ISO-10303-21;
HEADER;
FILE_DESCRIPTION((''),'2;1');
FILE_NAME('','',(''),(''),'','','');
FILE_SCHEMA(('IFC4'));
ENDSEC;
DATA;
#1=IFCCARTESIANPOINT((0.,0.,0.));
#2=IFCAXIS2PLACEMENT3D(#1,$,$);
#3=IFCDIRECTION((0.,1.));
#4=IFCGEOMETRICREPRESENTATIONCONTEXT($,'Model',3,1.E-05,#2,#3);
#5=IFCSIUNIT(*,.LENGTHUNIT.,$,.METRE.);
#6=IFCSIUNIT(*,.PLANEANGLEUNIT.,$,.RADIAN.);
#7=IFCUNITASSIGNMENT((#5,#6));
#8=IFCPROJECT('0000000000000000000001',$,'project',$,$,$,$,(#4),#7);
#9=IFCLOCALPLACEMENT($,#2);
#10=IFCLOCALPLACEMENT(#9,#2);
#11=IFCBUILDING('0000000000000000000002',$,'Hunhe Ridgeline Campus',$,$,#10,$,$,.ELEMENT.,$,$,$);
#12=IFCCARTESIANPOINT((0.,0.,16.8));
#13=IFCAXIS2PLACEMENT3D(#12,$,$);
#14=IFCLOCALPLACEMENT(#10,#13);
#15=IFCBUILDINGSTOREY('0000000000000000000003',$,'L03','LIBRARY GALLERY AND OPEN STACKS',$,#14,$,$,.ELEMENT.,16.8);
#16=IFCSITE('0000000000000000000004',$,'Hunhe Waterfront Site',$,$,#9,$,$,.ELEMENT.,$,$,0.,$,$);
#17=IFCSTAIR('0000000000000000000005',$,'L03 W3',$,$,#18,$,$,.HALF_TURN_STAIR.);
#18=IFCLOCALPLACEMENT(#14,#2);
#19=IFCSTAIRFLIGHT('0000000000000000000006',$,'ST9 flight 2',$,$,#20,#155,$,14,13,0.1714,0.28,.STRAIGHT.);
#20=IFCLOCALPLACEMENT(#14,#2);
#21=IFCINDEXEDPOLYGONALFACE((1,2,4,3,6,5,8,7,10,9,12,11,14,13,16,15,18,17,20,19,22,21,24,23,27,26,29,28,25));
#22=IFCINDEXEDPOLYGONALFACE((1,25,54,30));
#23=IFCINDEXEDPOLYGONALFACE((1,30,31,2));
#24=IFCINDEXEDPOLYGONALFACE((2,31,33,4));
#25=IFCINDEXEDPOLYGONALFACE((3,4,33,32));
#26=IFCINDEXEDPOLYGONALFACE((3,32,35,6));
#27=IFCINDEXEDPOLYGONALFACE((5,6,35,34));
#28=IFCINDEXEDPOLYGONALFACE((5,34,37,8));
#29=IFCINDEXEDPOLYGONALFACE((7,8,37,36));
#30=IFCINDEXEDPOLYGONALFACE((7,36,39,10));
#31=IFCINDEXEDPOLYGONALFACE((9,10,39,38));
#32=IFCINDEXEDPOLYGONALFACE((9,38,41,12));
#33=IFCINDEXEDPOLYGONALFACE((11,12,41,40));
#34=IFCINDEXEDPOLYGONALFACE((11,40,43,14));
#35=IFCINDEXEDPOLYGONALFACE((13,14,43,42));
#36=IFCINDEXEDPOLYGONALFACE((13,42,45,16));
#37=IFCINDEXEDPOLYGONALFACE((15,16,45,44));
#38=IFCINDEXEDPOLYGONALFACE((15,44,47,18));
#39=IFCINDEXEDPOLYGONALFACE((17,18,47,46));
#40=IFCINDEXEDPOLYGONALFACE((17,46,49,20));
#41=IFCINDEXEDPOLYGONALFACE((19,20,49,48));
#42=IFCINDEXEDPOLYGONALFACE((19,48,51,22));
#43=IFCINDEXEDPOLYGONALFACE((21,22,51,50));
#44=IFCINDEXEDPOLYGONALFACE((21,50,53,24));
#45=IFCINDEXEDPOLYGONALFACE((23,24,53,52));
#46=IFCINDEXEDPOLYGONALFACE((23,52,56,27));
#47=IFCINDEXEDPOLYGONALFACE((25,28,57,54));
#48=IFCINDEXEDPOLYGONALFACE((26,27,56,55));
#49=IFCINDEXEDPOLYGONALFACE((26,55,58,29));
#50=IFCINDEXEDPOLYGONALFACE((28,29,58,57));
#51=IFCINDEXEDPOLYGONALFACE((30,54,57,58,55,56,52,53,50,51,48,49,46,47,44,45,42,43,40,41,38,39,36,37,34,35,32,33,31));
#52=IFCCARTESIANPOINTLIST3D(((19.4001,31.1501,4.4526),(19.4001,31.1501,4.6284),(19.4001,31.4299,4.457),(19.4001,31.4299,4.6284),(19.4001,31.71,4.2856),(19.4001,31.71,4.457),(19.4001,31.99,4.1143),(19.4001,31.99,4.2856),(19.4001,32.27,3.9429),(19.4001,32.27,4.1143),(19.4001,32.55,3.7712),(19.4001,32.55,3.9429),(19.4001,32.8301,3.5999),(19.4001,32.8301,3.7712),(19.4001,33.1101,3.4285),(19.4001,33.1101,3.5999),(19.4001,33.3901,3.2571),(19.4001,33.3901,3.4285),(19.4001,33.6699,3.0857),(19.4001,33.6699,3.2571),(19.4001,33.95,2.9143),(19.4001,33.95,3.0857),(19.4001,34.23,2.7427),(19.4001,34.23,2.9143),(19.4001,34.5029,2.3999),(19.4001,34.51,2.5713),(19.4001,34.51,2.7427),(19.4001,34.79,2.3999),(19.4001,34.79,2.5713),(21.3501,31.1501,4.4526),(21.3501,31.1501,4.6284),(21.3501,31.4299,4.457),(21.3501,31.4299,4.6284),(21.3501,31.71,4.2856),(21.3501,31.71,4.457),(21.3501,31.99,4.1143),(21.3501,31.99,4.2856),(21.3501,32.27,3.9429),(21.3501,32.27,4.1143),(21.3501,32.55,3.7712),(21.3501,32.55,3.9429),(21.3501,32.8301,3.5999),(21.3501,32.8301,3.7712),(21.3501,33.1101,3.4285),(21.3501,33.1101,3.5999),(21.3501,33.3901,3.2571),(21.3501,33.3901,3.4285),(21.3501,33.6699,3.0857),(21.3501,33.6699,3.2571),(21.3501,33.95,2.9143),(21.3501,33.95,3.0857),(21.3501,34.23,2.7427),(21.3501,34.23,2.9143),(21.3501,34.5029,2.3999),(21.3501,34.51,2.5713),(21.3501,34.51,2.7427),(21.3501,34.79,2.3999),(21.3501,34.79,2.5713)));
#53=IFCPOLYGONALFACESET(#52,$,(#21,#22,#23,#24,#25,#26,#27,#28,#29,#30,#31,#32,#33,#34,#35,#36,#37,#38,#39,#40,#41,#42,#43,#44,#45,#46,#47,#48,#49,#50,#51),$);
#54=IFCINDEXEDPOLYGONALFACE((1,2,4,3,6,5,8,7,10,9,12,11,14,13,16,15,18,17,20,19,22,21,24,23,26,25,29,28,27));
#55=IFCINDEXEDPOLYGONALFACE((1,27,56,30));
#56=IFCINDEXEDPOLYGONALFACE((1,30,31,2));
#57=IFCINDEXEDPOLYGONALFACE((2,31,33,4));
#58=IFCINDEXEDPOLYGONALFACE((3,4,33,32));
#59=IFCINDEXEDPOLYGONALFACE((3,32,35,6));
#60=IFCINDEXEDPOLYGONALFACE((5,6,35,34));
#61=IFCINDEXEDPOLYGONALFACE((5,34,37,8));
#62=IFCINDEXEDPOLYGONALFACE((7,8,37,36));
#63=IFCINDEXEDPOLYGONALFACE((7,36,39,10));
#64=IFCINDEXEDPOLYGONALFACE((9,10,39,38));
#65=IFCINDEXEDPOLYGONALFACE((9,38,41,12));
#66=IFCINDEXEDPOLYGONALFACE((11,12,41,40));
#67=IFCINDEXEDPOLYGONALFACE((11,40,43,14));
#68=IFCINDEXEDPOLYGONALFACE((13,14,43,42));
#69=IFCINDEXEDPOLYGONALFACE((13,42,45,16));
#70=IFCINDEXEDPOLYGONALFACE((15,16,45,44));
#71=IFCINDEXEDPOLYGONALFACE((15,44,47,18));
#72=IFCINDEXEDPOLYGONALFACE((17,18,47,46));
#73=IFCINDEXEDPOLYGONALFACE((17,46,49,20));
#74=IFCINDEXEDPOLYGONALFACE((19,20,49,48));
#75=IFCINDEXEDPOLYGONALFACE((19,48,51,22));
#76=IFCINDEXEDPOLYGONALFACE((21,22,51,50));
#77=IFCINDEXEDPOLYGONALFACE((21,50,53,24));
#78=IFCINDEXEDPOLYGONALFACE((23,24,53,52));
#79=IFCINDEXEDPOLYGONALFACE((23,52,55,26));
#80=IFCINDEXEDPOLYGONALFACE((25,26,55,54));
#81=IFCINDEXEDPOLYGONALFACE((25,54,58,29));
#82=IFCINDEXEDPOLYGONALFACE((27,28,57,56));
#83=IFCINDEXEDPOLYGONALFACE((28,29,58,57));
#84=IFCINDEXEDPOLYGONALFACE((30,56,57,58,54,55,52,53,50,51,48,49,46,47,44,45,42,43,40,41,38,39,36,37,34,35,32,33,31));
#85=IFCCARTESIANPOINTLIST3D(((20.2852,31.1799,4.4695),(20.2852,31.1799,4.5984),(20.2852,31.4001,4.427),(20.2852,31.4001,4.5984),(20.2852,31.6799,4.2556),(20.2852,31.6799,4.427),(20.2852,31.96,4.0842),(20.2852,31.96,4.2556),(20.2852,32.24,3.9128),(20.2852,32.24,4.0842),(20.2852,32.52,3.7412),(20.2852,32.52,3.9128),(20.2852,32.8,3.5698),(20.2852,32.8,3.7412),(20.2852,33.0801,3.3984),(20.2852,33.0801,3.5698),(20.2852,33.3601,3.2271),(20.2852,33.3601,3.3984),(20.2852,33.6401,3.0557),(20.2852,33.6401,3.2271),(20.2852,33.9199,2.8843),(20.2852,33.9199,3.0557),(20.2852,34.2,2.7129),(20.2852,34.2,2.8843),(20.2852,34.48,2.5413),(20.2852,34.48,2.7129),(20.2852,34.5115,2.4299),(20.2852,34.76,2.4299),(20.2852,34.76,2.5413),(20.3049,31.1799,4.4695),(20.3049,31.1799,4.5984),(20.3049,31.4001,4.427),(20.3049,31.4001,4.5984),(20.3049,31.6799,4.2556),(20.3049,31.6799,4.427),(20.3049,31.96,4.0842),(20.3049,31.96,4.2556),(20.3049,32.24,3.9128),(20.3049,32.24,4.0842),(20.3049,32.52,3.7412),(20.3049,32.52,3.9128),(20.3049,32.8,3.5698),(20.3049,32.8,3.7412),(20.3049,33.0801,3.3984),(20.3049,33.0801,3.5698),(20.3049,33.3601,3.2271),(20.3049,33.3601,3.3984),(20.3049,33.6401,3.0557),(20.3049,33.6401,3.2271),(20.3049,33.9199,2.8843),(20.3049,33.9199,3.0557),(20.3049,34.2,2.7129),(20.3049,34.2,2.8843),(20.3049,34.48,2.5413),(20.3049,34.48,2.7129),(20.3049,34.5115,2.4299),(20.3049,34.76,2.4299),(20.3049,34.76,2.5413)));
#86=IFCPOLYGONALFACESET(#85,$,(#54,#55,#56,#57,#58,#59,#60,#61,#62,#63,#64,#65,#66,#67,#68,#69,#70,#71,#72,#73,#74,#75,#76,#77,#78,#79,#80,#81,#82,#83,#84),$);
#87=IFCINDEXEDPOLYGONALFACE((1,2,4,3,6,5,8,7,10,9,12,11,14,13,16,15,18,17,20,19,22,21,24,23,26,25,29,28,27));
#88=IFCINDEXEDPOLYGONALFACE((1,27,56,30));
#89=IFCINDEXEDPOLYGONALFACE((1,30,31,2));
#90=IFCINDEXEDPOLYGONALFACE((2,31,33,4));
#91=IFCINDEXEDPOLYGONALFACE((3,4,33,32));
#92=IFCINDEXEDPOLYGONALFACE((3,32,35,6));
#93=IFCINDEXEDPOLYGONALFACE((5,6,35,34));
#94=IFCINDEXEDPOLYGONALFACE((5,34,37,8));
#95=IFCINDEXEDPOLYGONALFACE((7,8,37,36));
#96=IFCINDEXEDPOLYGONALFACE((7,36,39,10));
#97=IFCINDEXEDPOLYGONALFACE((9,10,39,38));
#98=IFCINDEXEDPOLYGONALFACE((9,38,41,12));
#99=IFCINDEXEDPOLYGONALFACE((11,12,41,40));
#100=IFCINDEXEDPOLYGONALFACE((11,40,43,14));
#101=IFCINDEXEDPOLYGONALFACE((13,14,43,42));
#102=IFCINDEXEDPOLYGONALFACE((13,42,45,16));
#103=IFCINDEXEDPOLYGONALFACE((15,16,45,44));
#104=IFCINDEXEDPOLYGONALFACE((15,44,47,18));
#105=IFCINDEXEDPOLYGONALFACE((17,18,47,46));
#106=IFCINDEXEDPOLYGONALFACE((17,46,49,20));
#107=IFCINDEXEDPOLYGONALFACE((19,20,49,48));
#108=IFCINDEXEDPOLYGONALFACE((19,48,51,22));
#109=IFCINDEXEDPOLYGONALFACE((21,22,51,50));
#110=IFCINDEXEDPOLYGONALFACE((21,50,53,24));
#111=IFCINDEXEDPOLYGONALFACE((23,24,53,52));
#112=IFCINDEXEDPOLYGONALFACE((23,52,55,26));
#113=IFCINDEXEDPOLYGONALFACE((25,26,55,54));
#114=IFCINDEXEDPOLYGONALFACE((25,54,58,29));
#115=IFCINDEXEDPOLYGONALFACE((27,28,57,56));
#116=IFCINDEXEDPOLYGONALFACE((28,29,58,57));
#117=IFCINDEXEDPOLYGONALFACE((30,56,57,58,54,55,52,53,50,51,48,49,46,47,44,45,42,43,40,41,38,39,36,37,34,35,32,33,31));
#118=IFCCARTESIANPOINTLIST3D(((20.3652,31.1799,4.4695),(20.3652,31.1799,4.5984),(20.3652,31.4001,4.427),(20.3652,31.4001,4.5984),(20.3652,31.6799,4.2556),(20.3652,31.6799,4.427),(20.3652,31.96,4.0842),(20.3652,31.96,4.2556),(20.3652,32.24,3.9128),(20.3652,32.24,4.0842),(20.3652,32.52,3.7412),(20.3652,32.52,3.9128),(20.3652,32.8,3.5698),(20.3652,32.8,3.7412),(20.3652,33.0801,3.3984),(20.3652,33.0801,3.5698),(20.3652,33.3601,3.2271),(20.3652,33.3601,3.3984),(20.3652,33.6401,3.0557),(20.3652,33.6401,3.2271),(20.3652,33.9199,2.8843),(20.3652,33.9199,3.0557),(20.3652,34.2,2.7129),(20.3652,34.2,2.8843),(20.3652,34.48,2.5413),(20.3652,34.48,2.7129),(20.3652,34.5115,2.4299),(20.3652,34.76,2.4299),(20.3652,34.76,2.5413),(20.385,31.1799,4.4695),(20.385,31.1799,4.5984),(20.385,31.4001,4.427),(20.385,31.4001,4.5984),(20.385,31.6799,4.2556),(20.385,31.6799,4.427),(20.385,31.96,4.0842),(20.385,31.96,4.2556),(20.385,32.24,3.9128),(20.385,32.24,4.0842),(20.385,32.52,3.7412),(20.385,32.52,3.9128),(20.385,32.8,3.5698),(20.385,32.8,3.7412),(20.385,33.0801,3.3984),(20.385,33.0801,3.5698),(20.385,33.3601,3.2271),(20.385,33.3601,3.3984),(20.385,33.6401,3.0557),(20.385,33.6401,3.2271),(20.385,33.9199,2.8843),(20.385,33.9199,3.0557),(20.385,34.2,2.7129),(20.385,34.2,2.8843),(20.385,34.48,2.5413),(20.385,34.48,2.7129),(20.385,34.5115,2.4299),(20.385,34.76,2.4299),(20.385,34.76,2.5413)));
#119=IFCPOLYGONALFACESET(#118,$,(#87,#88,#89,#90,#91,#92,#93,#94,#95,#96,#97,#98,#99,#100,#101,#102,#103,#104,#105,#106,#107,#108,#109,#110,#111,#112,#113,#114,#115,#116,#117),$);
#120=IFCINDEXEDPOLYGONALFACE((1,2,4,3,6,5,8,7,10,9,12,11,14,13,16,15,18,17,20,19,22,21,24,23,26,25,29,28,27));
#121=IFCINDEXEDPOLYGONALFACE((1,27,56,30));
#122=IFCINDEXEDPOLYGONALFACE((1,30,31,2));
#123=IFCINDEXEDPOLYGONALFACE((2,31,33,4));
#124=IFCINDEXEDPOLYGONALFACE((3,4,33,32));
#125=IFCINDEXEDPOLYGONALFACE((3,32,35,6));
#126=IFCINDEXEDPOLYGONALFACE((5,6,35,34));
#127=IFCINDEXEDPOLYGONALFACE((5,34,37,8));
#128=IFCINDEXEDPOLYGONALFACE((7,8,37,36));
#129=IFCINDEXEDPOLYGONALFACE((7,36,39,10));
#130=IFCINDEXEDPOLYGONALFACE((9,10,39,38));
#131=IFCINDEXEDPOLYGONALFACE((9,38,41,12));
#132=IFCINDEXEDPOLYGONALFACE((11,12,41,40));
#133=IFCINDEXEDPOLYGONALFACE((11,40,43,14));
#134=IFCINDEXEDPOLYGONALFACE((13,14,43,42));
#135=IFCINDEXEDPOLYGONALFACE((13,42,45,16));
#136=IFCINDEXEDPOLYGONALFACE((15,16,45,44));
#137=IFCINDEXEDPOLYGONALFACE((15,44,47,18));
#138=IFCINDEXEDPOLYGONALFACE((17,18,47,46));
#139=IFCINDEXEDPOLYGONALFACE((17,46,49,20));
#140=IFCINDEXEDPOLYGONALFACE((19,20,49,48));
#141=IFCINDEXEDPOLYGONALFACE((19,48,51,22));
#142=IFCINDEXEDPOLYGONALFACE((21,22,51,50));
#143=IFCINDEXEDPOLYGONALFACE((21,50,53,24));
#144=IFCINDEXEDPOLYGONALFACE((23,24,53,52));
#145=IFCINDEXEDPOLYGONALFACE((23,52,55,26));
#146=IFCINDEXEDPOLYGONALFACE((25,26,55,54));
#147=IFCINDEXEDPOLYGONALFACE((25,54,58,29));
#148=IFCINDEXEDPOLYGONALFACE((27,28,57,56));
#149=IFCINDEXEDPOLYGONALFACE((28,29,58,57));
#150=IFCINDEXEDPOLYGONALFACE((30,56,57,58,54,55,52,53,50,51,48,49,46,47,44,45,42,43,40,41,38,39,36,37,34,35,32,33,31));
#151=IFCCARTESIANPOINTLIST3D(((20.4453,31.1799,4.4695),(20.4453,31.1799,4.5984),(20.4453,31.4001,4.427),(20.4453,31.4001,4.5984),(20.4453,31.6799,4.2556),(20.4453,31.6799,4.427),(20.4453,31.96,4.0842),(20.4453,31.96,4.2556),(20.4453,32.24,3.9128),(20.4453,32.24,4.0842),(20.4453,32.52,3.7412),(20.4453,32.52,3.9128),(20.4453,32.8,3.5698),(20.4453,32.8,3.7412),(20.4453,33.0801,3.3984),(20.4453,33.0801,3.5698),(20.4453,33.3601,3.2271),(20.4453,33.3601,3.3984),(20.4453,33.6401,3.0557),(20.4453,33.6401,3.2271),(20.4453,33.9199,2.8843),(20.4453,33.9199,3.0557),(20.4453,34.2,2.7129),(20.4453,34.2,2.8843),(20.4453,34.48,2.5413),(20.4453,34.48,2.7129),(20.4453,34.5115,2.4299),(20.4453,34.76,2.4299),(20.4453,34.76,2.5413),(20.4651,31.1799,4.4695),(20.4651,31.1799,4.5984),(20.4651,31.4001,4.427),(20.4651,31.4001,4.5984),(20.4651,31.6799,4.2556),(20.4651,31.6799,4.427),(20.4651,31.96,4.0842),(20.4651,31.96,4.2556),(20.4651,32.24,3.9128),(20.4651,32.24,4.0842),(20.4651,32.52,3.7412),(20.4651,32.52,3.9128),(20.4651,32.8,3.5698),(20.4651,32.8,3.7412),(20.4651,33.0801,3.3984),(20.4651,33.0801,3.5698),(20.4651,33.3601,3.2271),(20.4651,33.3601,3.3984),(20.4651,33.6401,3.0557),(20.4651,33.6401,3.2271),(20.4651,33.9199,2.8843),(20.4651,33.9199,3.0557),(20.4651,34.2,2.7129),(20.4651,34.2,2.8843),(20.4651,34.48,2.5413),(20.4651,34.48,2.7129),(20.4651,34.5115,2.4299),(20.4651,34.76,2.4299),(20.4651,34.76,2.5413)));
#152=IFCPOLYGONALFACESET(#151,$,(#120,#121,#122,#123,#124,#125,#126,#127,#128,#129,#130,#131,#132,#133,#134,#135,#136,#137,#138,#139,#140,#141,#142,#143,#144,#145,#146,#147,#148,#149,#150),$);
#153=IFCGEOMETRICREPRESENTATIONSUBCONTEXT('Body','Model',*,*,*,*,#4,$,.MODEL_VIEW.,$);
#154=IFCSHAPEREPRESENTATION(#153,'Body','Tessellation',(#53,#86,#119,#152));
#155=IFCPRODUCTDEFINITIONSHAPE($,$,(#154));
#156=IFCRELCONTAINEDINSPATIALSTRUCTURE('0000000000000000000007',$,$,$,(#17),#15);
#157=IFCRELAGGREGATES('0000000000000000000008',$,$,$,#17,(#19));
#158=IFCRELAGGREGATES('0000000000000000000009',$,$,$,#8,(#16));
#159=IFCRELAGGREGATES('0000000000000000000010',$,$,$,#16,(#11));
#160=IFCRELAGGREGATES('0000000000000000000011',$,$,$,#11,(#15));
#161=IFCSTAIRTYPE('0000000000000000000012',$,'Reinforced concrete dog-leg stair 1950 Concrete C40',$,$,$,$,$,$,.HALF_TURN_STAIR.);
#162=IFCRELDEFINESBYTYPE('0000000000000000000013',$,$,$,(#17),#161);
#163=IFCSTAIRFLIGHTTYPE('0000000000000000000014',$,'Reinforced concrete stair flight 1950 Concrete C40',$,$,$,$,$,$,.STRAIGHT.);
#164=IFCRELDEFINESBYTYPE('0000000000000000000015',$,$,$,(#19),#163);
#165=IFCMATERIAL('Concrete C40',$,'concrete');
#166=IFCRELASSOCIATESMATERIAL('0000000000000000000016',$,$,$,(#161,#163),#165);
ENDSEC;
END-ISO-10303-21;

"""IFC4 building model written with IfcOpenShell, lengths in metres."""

from ifc_helpers import new_model, si_unit, direction, frame, origin, place, context, subcontext, project, spatial, polyline, outline, extrude, material, type_object, element, aggregate, save


model = new_model("IFC4")

# Units and contexts
model_context = context("Model", 3, precision=1e-05, world=origin(), true_north=direction((0.0, 1.0)))
body_context = subcontext(model_context, "Body", "Model", "MODEL_VIEW")
ifc_project = project(units=[si_unit("LENGTHUNIT", "METRE"), si_unit("PLANEANGLEUNIT", "RADIAN")], contexts=[model_context])

# Site, building, storey
site_placement = place(None, origin())
site = spatial("IfcSite", under=ifc_project, at=site_placement, Name="Hunhe Waterfront Site", CompositionType="ELEMENT", RefElevation=0.0)
building_placement = place(site_placement, origin())
building = spatial("IfcBuilding", under=site, at=building_placement, Name="Hunhe Ridgeline Campus", CompositionType="ELEMENT")
storey_placement = place(building_placement, frame((0.0, 0.0, 16.8)))
storey = spatial("IfcBuildingStorey", under=building, at=storey_placement, Name="L03", Description="LIBRARY GALLERY AND OPEN STACKS", CompositionType="ELEMENT", Elevation=16.8)

# Stair, stair flight
ifc_material_1 = material(Name="Concrete C40", Category="concrete")
stair_type = type_object("IfcStairType", Name="Reinforced concrete dog-leg stair 1950 Concrete C40", PredefinedType="HALF_TURN_STAIR", material=ifc_material_1)
stair_placement = place(storey_placement, origin())
stair = element("IfcStair", 1, at=stair_placement, inside=storey, type_object=stair_type, Name="L03 W3", PredefinedType="HALF_TURN_STAIR")
stair_flight_type = type_object("IfcStairFlightType", Name="Reinforced concrete stair flight 1950 Concrete C40", PredefinedType="STRAIGHT", material=ifc_material_1)
stair_flight_1_placement = place(storey_placement, frame((20.375, 34.79, 2.3999), z_axis=(0.0, 0.0, 1.0), x_axis=(0.0, -1.0, 0.0)))
stair_flight_1 = element("IfcStairFlight", 2, at=stair_flight_1_placement, type_object=stair_flight_type, Name="ST9 flight 2", NumberOfRisers=14, NumberOfTreads=13, PredefinedType="STRAIGHT", RiserHeight=0.1714, TreadLength=0.28, context=body_context, shape_type="SweptSolid", body=[
    extrude(outline(polyline([(0.0, 0.0), (0.0, 0.1714), (0.28, 0.1714), (0.28, 0.3428), (0.5601, 0.3428), (0.5601, 0.5144), (0.8401, 0.5144), (0.8401, 0.6858), (1.1201, 0.6858), (1.1201, 0.8572), (1.3999, 0.8572), (1.3999, 1.0286), (1.6799, 1.0286), (1.6799, 1.2), (1.96, 1.2), (1.96, 1.3713), (2.24, 1.3713), (2.24, 1.543), (2.52, 1.543), (2.52, 1.7144), (2.8, 1.7144), (2.8, 1.8857), (3.0801, 1.8857), (3.0801, 2.0571), (3.3601, 2.0571), (3.3601, 2.2285), (3.6399, 2.2285), (3.6399, 2.3999), (3.6399, 2.0527), (0.2871, 0.0), (0.0, 0.0)])), frame((0.0, 0.9751, 0.0), z_axis=(0.0, -1.0, 0.0), x_axis=(1.0, 0.0, 0.0)), (0.0, 0.0, 1.0), 1.95),
    extrude(outline(polyline([(0.03, 0.03), (0.03, 0.1414), (0.3101, 0.1414), (0.3101, 0.313), (0.5901, 0.313), (0.5901, 0.4844), (0.8701, 0.4844), (0.8701, 0.6558), (1.1499, 0.6558), (1.1499, 0.8271), (1.4299, 0.8271), (1.4299, 0.9985), (1.71, 0.9985), (1.71, 1.1699), (1.99, 1.1699), (1.99, 1.3413), (2.27, 1.3413), (2.27, 1.5129), (2.55, 1.5129), (2.55, 1.6843), (2.8301, 1.6843), (2.8301, 1.8557), (3.1101, 1.8557), (3.1101, 2.0271), (3.3899, 2.0271), (3.3899, 2.1985), (3.6101, 2.1985), (3.6101, 2.0696), (0.2786, 0.03), (0.03, 0.03)])), frame((0.0, -0.0701, 0.0), z_axis=(0.0, -1.0, 0.0), x_axis=(1.0, 0.0, 0.0)), (0.0, 0.0, 1.0), 0.0198),
    extrude(outline(polyline([(0.03, 0.03), (0.03, 0.1414), (0.3101, 0.1414), (0.3101, 0.313), (0.5901, 0.313), (0.5901, 0.4844), (0.8701, 0.4844), (0.8701, 0.6558), (1.1499, 0.6558), (1.1499, 0.8271), (1.4299, 0.8271), (1.4299, 0.9985), (1.71, 0.9985), (1.71, 1.1699), (1.99, 1.1699), (1.99, 1.3413), (2.27, 1.3413), (2.27, 1.5129), (2.55, 1.5129), (2.55, 1.6843), (2.8301, 1.6843), (2.8301, 1.8557), (3.1101, 1.8557), (3.1101, 2.0271), (3.3899, 2.0271), (3.3899, 2.1985), (3.6101, 2.1985), (3.6101, 2.0696), (0.2786, 0.03), (0.03, 0.03)])), frame((0.0, 0.01, 0.0), z_axis=(0.0, -1.0, 0.0), x_axis=(1.0, 0.0, 0.0)), (0.0, 0.0, 1.0), 0.0198),
    extrude(outline(polyline([(0.03, 0.03), (0.03, 0.1414), (0.3101, 0.1414), (0.3101, 0.313), (0.5901, 0.313), (0.5901, 0.4844), (0.8701, 0.4844), (0.8701, 0.6558), (1.1499, 0.6558), (1.1499, 0.8271), (1.4299, 0.8271), (1.4299, 0.9985), (1.71, 0.9985), (1.71, 1.1699), (1.99, 1.1699), (1.99, 1.3413), (2.27, 1.3413), (2.27, 1.5129), (2.55, 1.5129), (2.55, 1.6843), (2.8301, 1.6843), (2.8301, 1.8557), (3.1101, 1.8557), (3.1101, 2.0271), (3.3899, 2.0271), (3.3899, 2.1985), (3.6101, 2.1985), (3.6101, 2.0696), (0.2786, 0.03), (0.03, 0.03)])), frame((0.0, 0.0901, 0.0), z_axis=(0.0, -1.0, 0.0), x_axis=(1.0, 0.0, 0.0)), (0.0, 0.0, 1.0), 0.0198),
])
aggregate(stair, [stair_flight_1])

save(model, "model.ifc")
